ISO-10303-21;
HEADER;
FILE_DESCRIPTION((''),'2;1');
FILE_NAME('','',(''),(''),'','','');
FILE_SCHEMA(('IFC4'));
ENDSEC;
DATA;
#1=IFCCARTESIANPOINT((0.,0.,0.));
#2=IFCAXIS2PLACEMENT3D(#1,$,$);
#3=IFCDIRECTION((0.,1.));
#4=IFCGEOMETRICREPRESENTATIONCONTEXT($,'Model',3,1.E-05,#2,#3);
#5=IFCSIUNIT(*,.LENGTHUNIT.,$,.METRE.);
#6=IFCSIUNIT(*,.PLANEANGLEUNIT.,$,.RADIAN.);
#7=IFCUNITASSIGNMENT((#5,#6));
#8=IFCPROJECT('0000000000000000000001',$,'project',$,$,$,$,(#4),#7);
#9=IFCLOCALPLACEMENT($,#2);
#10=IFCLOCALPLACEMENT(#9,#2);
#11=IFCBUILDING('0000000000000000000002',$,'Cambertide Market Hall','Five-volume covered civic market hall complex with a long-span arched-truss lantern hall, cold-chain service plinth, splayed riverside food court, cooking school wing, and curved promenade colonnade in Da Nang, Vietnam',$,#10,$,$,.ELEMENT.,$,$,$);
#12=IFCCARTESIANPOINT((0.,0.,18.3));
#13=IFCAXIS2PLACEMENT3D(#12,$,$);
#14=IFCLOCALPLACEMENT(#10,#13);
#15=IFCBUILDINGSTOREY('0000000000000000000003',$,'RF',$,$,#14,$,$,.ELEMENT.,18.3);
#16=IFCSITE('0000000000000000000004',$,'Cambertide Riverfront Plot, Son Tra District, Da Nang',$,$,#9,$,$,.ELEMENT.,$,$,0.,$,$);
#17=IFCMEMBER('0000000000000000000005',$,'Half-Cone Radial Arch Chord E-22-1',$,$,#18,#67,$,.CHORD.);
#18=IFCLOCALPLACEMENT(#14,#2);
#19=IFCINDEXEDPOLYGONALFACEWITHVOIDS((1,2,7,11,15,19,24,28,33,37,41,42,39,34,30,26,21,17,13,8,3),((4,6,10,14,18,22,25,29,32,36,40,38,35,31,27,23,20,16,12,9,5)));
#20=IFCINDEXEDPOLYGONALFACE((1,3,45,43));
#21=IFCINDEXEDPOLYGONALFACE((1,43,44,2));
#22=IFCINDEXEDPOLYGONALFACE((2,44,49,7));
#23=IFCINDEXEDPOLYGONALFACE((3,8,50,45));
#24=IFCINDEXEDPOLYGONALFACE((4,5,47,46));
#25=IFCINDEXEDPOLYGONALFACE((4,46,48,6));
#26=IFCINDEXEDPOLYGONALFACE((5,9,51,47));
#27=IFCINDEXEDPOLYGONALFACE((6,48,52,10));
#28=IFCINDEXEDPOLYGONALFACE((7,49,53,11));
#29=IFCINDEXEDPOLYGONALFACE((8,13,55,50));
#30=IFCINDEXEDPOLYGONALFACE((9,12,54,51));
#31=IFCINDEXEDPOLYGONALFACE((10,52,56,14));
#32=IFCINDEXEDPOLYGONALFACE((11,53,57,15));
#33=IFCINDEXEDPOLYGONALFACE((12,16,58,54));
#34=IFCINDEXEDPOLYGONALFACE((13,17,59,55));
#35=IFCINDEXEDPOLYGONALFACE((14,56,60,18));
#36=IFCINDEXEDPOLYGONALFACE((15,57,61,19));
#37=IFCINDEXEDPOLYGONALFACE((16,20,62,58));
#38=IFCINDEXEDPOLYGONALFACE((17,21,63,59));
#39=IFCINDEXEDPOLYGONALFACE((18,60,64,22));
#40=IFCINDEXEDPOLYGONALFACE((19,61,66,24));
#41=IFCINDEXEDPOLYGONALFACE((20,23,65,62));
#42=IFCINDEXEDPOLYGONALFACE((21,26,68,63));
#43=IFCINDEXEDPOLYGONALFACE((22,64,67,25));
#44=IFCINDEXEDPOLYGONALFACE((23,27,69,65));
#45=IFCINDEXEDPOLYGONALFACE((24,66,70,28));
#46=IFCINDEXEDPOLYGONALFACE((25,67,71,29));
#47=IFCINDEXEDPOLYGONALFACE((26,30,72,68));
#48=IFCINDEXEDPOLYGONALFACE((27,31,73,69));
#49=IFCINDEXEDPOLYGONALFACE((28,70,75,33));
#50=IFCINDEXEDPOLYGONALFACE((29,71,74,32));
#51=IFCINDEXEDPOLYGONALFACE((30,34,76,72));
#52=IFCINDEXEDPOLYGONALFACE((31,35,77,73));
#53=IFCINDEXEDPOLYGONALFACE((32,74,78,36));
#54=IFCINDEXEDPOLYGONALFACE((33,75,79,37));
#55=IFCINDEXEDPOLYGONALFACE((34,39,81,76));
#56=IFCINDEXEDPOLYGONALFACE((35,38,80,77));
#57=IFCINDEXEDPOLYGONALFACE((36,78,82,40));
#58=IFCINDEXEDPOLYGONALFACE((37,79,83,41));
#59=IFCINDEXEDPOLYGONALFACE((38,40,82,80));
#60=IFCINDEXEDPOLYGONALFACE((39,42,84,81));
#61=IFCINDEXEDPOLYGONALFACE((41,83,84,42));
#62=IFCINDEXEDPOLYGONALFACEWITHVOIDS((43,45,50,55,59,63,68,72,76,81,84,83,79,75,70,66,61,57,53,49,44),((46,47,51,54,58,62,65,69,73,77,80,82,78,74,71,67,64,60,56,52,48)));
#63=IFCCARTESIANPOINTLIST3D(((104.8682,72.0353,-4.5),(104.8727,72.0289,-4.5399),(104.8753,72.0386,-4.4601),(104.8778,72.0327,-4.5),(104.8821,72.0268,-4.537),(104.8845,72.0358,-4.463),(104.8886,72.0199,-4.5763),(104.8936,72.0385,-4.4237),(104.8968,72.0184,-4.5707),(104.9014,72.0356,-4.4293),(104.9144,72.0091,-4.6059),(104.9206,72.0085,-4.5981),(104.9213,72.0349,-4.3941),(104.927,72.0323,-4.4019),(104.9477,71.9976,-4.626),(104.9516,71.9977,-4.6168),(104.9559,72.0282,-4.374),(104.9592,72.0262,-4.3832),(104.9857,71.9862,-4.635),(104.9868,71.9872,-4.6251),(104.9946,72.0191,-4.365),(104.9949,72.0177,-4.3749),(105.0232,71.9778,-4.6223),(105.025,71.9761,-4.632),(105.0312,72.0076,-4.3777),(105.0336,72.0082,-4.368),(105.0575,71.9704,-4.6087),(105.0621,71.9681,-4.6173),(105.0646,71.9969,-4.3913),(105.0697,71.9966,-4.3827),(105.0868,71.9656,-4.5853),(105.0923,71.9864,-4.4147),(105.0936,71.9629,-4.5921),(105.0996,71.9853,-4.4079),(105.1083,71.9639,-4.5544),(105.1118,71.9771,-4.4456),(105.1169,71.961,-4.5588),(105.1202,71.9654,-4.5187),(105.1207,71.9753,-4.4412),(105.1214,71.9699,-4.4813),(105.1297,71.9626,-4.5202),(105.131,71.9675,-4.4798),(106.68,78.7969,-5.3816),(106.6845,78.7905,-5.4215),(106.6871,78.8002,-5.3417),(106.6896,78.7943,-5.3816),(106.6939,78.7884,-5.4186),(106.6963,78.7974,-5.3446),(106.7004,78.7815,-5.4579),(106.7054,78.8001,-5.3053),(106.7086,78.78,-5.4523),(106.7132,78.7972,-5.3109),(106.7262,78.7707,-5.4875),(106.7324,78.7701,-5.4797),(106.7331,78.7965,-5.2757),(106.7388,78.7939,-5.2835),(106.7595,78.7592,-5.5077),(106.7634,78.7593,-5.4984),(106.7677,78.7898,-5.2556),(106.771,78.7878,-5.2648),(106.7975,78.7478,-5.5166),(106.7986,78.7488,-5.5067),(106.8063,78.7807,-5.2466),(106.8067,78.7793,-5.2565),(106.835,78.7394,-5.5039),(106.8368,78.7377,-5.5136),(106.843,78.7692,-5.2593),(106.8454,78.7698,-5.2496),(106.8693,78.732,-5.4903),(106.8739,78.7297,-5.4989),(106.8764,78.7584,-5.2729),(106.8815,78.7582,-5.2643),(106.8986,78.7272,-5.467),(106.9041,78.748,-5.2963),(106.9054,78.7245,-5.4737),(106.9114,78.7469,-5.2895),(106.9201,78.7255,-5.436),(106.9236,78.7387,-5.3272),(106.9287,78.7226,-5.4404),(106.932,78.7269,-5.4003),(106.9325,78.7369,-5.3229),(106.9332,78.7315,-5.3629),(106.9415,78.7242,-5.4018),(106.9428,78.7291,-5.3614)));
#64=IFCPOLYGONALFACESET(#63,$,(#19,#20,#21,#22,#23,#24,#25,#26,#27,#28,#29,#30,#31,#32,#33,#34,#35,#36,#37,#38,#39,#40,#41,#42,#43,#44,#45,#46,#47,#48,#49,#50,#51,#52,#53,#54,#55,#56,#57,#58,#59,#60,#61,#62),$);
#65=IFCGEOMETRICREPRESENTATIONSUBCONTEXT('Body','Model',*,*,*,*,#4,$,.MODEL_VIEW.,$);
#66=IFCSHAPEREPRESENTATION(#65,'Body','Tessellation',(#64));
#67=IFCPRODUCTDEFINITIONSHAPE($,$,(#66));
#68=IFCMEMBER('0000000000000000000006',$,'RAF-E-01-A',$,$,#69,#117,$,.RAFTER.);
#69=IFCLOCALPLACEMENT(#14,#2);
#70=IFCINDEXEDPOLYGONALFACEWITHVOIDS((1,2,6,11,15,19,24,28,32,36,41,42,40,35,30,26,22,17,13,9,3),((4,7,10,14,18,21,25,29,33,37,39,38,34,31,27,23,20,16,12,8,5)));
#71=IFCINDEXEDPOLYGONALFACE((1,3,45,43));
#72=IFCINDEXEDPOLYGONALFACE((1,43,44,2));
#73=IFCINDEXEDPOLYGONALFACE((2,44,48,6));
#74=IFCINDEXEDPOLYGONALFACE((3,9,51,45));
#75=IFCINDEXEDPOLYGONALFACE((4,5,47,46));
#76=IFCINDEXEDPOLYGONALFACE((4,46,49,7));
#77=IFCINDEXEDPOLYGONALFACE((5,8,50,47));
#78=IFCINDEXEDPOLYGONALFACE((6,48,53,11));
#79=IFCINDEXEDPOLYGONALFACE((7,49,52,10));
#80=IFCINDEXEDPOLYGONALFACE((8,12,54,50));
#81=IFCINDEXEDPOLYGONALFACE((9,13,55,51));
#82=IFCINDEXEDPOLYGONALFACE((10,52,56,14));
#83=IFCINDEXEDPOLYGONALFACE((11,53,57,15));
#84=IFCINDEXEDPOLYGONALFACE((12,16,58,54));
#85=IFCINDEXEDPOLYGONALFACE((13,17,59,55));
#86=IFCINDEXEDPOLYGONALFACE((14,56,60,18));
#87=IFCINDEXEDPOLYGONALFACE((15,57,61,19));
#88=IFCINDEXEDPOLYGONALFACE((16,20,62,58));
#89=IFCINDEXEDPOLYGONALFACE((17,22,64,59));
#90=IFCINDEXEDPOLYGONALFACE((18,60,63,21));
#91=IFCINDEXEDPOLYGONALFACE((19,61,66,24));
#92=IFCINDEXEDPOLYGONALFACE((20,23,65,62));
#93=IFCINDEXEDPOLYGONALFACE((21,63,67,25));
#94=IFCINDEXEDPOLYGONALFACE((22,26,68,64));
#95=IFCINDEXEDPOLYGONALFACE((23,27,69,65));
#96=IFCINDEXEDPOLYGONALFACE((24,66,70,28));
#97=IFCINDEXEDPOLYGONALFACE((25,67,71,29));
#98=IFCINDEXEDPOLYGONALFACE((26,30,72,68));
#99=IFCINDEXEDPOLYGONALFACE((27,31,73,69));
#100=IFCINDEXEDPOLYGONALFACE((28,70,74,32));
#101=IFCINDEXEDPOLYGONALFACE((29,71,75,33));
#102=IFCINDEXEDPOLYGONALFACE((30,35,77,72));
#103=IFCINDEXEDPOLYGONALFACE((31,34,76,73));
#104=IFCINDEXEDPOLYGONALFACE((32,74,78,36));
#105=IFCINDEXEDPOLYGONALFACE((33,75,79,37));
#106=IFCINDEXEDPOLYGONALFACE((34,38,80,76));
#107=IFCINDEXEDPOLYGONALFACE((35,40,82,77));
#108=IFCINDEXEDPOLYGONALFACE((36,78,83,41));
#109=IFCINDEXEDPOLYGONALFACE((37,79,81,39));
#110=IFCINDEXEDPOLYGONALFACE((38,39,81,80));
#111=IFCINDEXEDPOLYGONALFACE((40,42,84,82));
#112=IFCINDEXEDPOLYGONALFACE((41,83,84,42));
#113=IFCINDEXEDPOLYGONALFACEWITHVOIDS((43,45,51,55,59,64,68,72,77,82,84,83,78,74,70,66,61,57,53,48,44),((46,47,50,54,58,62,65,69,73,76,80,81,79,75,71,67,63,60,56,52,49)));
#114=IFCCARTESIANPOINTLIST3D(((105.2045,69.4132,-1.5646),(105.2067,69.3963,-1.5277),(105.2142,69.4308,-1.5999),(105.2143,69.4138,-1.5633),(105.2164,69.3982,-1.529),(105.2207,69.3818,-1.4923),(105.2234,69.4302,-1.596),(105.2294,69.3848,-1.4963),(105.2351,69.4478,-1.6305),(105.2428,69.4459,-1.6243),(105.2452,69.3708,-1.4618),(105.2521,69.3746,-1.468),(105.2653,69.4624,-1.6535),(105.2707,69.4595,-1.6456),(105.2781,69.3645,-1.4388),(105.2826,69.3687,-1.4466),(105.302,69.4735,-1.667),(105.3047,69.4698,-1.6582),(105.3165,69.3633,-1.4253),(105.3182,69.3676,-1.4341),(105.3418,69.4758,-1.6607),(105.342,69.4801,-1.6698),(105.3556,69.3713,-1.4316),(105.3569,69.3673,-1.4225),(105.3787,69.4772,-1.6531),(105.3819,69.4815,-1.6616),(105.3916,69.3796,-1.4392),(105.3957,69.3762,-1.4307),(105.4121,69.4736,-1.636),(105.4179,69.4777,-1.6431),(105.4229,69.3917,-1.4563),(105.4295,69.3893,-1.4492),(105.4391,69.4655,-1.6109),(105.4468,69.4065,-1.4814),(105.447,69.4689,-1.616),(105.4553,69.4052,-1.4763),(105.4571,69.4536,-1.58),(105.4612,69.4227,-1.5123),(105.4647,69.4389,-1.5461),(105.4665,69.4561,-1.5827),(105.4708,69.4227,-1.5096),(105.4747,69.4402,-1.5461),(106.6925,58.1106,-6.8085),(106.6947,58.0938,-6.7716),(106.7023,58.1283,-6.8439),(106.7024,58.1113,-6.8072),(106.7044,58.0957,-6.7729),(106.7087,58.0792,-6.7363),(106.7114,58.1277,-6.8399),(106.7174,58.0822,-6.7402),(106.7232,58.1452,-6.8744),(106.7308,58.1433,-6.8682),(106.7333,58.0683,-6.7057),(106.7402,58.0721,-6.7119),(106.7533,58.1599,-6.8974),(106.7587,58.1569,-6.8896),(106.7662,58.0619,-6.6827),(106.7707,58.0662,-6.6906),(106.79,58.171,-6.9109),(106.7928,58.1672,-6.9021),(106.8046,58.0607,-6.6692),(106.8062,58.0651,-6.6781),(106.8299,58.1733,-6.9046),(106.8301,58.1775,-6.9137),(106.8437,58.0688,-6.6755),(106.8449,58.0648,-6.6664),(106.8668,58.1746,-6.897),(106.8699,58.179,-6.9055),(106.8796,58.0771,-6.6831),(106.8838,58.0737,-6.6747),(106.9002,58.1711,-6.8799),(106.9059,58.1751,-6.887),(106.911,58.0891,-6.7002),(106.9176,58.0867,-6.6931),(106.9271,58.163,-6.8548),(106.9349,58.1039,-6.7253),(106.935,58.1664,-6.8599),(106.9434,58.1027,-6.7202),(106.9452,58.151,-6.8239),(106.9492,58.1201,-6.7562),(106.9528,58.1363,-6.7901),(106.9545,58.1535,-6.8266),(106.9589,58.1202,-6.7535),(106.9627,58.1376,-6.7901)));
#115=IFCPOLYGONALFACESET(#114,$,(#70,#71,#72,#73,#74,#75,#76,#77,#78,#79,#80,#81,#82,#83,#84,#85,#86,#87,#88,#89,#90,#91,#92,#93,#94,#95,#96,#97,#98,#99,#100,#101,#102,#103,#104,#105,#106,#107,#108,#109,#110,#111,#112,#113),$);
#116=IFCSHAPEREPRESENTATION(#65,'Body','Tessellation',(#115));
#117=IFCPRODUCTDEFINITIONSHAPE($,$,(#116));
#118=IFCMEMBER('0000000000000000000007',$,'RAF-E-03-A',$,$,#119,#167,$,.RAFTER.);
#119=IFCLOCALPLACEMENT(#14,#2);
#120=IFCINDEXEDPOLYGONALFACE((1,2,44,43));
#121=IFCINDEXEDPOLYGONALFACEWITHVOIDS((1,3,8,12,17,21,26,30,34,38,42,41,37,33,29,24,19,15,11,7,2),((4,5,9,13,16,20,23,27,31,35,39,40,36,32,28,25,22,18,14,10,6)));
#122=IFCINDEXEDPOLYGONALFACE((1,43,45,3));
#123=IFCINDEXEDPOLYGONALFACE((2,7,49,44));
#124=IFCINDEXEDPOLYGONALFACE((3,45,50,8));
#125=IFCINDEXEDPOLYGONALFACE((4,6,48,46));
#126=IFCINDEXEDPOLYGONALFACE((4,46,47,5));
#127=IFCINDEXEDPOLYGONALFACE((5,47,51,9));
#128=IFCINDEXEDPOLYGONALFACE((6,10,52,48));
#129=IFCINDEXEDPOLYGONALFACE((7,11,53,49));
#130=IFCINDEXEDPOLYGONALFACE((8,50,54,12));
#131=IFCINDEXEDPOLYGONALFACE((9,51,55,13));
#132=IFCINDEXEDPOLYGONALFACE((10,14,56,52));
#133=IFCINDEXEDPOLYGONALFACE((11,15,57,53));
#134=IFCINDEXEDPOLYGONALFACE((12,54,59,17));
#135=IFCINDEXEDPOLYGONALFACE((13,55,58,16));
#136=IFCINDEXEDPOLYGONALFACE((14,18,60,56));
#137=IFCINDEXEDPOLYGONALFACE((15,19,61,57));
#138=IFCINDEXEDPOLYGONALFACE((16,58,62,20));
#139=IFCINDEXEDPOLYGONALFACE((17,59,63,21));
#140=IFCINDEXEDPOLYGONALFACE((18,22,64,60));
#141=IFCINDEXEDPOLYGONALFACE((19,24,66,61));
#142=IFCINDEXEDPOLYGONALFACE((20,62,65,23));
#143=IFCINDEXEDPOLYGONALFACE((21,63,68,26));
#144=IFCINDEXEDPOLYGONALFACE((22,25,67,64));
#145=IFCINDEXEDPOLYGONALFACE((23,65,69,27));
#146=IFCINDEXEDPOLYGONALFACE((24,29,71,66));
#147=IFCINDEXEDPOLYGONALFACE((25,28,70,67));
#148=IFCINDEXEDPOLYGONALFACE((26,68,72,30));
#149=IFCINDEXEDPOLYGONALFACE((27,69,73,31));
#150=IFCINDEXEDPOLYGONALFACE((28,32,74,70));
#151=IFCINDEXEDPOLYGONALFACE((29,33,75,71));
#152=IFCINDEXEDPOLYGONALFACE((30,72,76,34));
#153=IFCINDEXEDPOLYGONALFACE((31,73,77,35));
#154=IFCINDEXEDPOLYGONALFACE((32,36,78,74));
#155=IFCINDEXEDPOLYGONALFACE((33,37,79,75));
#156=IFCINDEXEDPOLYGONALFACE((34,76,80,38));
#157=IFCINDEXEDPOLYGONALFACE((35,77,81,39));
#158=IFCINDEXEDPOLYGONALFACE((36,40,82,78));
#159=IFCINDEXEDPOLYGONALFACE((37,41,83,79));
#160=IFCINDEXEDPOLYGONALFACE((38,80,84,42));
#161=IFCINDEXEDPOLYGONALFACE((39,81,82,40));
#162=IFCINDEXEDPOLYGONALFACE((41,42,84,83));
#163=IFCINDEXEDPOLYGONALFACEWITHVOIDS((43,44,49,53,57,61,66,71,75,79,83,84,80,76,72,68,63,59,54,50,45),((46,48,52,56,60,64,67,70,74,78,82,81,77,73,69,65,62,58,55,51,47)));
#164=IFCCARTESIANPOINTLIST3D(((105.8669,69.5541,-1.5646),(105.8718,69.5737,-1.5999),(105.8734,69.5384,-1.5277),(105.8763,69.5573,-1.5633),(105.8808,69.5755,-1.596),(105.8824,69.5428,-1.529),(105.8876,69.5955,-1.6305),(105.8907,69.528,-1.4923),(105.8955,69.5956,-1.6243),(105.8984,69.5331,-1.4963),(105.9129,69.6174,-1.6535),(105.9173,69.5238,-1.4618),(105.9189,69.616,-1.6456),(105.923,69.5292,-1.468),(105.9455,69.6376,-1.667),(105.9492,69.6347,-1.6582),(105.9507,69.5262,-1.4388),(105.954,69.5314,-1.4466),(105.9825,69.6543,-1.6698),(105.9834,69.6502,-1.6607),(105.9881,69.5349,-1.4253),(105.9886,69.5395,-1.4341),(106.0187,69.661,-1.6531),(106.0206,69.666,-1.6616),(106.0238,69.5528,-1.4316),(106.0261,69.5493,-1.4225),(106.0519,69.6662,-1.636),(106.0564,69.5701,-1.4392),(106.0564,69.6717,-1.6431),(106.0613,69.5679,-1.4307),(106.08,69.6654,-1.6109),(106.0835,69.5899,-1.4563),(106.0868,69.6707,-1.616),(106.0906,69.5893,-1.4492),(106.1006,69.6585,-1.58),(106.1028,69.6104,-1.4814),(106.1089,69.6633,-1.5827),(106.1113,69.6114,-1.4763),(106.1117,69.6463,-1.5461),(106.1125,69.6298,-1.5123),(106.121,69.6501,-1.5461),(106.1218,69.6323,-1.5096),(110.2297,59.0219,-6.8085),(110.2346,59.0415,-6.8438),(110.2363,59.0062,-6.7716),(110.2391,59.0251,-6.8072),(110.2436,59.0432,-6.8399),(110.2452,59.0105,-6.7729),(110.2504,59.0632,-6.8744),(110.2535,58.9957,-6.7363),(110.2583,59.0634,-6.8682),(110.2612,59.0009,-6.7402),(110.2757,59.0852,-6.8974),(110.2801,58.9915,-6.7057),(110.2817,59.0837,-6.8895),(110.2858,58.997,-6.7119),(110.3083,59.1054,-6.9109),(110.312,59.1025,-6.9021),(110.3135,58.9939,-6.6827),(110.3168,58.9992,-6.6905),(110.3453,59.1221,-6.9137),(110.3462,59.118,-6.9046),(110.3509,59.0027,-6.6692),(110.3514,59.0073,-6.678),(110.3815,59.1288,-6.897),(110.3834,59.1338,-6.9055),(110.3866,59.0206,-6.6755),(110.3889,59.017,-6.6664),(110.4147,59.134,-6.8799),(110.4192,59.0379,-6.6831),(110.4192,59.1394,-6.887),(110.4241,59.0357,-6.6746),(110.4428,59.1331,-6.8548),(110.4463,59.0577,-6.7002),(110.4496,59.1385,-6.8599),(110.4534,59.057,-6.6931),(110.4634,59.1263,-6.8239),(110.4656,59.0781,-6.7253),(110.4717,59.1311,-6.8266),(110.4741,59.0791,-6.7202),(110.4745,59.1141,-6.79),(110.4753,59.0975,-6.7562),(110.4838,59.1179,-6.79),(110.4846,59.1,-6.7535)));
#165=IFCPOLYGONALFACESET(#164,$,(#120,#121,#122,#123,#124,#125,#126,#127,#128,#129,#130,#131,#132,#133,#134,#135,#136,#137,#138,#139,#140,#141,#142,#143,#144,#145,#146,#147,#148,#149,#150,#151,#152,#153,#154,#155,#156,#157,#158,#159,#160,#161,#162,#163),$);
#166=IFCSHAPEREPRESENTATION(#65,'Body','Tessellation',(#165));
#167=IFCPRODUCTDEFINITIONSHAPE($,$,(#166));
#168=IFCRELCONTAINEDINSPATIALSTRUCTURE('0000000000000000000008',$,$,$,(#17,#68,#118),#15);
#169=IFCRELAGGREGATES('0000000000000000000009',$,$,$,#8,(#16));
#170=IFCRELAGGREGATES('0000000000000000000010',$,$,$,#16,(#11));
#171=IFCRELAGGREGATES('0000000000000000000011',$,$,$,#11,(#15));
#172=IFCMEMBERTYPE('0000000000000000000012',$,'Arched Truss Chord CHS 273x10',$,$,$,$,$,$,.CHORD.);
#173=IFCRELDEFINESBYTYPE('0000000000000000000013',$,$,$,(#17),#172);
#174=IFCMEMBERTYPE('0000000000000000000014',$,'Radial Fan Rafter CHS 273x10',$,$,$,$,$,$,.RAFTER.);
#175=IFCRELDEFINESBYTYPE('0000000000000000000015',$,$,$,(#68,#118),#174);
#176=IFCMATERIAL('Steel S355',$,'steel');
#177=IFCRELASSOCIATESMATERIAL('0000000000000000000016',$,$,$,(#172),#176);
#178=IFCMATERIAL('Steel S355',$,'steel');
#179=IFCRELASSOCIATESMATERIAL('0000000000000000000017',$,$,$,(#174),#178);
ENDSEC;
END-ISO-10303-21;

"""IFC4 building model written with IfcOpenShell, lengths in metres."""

from ifc_helpers import new_model, si_unit, direction, frame, origin, origin_2d, place, context, subcontext, project, spatial, hollow_circle, extrude, material, material_profile, profile_set, type_object, element, save


model = new_model("IFC4")

# Units and contexts
model_context = context("Model", 3, precision=1e-05, world=origin(), true_north=direction((0.0, 1.0)))
body_context = subcontext(model_context, "Body", "Model", "MODEL_VIEW")
ifc_project = project(units=[si_unit("LENGTHUNIT", "METRE"), si_unit("PLANEANGLEUNIT", "RADIAN")], contexts=[model_context])

# Site, building, storey
site_placement = place(None, origin())
site = spatial("IfcSite", under=ifc_project, at=site_placement, Name="Cambertide Riverfront Plot, Son Tra District, Da Nang", CompositionType="ELEMENT", RefElevation=0.0)
building_placement = place(site_placement, origin())
building = spatial("IfcBuilding", under=site, at=building_placement, Name="Cambertide Market Hall", Description="Five-volume covered civic market hall complex with a long-span arched-truss lantern hall, cold-chain service plinth, splayed riverside food court, cooking school wing, and curved promenade colonnade in Da Nang, Vietnam", CompositionType="ELEMENT")
storey_placement = place(building_placement, frame((0.0, 0.0, 18.3)))
storey = spatial("IfcBuildingStorey", under=building, at=storey_placement, Name="RF", CompositionType="ELEMENT", Elevation=18.3)

# Members
ifc_material_1 = material(Name="Steel S355", Category="steel")
ifc_material_profile_1 = material_profile(ifc_material_1, hollow_circle(Radius=0.1365, WallThickness=0.01, at=origin_2d()), Name="CHS 273x10")
ifc_profile_set_1 = profile_set([ifc_material_profile_1], Name="Steel S355")
member_type_1 = type_object("IfcMemberType", Name="Arched Truss Chord CHS 273x10", PredefinedType="CHORD", material=ifc_profile_set_1)
member_placement = place(storey_placement, frame((105.0, 72.0, -4.5), z_axis=(0.256795, 0.958354, -0.124955), x_axis=(-0.965925, 0.258824, 0.0)))
element("IfcMember", 1, at=member_placement, inside=storey, type_object=member_type_1, Name="Half-Cone Radial Arch Chord E-22-1", PredefinedType="CHORD", context=body_context, shape_type="SweptSolid", body=[
    extrude(hollow_circle(Radius=0.1365, WallThickness=0.01, at=origin_2d()), origin(), (0.0, 0.0, 1.0), 7.0554),
])
ifc_material_2 = material(Name="Steel S355", Category="steel")
ifc_material_profile_2 = material_profile(ifc_material_2, hollow_circle(Radius=0.1365, WallThickness=0.01, at=origin_2d()), Name="CHS 273x10")
ifc_profile_set_2 = profile_set([ifc_material_profile_2], Name="Steel S355")
member_type_2 = type_object("IfcMemberType", Name="Radial Fan Rafter CHS 273x10", PredefinedType="RAFTER", material=ifc_profile_set_2)
for number, where, z_axis, x_axis, name in (
    (2, (105.3394, 69.4224, -1.5461), (0.118585, -0.900721, -0.417898), (0.991444, 0.130529, 0.0), "RAF-E-01-A"),
    (3, (105.9949, 69.5979, -1.5461), (0.34768, -0.839334, -0.417896), (0.923873, 0.382699, 0.0), "RAF-E-03-A"),
):
    element("IfcMember", number, at=place(storey_placement, frame(where, z_axis=z_axis, x_axis=x_axis)), inside=storey, type_object=member_type_2, Name=name, PredefinedType="RAFTER", context=body_context, shape_type="SweptSolid", body=[
        extrude(hollow_circle(Radius=0.1365, WallThickness=0.01, at=origin_2d()), origin(), (0.0, 0.0, 1.0), 12.5483),
    ])

save(model, "model.ifc")
